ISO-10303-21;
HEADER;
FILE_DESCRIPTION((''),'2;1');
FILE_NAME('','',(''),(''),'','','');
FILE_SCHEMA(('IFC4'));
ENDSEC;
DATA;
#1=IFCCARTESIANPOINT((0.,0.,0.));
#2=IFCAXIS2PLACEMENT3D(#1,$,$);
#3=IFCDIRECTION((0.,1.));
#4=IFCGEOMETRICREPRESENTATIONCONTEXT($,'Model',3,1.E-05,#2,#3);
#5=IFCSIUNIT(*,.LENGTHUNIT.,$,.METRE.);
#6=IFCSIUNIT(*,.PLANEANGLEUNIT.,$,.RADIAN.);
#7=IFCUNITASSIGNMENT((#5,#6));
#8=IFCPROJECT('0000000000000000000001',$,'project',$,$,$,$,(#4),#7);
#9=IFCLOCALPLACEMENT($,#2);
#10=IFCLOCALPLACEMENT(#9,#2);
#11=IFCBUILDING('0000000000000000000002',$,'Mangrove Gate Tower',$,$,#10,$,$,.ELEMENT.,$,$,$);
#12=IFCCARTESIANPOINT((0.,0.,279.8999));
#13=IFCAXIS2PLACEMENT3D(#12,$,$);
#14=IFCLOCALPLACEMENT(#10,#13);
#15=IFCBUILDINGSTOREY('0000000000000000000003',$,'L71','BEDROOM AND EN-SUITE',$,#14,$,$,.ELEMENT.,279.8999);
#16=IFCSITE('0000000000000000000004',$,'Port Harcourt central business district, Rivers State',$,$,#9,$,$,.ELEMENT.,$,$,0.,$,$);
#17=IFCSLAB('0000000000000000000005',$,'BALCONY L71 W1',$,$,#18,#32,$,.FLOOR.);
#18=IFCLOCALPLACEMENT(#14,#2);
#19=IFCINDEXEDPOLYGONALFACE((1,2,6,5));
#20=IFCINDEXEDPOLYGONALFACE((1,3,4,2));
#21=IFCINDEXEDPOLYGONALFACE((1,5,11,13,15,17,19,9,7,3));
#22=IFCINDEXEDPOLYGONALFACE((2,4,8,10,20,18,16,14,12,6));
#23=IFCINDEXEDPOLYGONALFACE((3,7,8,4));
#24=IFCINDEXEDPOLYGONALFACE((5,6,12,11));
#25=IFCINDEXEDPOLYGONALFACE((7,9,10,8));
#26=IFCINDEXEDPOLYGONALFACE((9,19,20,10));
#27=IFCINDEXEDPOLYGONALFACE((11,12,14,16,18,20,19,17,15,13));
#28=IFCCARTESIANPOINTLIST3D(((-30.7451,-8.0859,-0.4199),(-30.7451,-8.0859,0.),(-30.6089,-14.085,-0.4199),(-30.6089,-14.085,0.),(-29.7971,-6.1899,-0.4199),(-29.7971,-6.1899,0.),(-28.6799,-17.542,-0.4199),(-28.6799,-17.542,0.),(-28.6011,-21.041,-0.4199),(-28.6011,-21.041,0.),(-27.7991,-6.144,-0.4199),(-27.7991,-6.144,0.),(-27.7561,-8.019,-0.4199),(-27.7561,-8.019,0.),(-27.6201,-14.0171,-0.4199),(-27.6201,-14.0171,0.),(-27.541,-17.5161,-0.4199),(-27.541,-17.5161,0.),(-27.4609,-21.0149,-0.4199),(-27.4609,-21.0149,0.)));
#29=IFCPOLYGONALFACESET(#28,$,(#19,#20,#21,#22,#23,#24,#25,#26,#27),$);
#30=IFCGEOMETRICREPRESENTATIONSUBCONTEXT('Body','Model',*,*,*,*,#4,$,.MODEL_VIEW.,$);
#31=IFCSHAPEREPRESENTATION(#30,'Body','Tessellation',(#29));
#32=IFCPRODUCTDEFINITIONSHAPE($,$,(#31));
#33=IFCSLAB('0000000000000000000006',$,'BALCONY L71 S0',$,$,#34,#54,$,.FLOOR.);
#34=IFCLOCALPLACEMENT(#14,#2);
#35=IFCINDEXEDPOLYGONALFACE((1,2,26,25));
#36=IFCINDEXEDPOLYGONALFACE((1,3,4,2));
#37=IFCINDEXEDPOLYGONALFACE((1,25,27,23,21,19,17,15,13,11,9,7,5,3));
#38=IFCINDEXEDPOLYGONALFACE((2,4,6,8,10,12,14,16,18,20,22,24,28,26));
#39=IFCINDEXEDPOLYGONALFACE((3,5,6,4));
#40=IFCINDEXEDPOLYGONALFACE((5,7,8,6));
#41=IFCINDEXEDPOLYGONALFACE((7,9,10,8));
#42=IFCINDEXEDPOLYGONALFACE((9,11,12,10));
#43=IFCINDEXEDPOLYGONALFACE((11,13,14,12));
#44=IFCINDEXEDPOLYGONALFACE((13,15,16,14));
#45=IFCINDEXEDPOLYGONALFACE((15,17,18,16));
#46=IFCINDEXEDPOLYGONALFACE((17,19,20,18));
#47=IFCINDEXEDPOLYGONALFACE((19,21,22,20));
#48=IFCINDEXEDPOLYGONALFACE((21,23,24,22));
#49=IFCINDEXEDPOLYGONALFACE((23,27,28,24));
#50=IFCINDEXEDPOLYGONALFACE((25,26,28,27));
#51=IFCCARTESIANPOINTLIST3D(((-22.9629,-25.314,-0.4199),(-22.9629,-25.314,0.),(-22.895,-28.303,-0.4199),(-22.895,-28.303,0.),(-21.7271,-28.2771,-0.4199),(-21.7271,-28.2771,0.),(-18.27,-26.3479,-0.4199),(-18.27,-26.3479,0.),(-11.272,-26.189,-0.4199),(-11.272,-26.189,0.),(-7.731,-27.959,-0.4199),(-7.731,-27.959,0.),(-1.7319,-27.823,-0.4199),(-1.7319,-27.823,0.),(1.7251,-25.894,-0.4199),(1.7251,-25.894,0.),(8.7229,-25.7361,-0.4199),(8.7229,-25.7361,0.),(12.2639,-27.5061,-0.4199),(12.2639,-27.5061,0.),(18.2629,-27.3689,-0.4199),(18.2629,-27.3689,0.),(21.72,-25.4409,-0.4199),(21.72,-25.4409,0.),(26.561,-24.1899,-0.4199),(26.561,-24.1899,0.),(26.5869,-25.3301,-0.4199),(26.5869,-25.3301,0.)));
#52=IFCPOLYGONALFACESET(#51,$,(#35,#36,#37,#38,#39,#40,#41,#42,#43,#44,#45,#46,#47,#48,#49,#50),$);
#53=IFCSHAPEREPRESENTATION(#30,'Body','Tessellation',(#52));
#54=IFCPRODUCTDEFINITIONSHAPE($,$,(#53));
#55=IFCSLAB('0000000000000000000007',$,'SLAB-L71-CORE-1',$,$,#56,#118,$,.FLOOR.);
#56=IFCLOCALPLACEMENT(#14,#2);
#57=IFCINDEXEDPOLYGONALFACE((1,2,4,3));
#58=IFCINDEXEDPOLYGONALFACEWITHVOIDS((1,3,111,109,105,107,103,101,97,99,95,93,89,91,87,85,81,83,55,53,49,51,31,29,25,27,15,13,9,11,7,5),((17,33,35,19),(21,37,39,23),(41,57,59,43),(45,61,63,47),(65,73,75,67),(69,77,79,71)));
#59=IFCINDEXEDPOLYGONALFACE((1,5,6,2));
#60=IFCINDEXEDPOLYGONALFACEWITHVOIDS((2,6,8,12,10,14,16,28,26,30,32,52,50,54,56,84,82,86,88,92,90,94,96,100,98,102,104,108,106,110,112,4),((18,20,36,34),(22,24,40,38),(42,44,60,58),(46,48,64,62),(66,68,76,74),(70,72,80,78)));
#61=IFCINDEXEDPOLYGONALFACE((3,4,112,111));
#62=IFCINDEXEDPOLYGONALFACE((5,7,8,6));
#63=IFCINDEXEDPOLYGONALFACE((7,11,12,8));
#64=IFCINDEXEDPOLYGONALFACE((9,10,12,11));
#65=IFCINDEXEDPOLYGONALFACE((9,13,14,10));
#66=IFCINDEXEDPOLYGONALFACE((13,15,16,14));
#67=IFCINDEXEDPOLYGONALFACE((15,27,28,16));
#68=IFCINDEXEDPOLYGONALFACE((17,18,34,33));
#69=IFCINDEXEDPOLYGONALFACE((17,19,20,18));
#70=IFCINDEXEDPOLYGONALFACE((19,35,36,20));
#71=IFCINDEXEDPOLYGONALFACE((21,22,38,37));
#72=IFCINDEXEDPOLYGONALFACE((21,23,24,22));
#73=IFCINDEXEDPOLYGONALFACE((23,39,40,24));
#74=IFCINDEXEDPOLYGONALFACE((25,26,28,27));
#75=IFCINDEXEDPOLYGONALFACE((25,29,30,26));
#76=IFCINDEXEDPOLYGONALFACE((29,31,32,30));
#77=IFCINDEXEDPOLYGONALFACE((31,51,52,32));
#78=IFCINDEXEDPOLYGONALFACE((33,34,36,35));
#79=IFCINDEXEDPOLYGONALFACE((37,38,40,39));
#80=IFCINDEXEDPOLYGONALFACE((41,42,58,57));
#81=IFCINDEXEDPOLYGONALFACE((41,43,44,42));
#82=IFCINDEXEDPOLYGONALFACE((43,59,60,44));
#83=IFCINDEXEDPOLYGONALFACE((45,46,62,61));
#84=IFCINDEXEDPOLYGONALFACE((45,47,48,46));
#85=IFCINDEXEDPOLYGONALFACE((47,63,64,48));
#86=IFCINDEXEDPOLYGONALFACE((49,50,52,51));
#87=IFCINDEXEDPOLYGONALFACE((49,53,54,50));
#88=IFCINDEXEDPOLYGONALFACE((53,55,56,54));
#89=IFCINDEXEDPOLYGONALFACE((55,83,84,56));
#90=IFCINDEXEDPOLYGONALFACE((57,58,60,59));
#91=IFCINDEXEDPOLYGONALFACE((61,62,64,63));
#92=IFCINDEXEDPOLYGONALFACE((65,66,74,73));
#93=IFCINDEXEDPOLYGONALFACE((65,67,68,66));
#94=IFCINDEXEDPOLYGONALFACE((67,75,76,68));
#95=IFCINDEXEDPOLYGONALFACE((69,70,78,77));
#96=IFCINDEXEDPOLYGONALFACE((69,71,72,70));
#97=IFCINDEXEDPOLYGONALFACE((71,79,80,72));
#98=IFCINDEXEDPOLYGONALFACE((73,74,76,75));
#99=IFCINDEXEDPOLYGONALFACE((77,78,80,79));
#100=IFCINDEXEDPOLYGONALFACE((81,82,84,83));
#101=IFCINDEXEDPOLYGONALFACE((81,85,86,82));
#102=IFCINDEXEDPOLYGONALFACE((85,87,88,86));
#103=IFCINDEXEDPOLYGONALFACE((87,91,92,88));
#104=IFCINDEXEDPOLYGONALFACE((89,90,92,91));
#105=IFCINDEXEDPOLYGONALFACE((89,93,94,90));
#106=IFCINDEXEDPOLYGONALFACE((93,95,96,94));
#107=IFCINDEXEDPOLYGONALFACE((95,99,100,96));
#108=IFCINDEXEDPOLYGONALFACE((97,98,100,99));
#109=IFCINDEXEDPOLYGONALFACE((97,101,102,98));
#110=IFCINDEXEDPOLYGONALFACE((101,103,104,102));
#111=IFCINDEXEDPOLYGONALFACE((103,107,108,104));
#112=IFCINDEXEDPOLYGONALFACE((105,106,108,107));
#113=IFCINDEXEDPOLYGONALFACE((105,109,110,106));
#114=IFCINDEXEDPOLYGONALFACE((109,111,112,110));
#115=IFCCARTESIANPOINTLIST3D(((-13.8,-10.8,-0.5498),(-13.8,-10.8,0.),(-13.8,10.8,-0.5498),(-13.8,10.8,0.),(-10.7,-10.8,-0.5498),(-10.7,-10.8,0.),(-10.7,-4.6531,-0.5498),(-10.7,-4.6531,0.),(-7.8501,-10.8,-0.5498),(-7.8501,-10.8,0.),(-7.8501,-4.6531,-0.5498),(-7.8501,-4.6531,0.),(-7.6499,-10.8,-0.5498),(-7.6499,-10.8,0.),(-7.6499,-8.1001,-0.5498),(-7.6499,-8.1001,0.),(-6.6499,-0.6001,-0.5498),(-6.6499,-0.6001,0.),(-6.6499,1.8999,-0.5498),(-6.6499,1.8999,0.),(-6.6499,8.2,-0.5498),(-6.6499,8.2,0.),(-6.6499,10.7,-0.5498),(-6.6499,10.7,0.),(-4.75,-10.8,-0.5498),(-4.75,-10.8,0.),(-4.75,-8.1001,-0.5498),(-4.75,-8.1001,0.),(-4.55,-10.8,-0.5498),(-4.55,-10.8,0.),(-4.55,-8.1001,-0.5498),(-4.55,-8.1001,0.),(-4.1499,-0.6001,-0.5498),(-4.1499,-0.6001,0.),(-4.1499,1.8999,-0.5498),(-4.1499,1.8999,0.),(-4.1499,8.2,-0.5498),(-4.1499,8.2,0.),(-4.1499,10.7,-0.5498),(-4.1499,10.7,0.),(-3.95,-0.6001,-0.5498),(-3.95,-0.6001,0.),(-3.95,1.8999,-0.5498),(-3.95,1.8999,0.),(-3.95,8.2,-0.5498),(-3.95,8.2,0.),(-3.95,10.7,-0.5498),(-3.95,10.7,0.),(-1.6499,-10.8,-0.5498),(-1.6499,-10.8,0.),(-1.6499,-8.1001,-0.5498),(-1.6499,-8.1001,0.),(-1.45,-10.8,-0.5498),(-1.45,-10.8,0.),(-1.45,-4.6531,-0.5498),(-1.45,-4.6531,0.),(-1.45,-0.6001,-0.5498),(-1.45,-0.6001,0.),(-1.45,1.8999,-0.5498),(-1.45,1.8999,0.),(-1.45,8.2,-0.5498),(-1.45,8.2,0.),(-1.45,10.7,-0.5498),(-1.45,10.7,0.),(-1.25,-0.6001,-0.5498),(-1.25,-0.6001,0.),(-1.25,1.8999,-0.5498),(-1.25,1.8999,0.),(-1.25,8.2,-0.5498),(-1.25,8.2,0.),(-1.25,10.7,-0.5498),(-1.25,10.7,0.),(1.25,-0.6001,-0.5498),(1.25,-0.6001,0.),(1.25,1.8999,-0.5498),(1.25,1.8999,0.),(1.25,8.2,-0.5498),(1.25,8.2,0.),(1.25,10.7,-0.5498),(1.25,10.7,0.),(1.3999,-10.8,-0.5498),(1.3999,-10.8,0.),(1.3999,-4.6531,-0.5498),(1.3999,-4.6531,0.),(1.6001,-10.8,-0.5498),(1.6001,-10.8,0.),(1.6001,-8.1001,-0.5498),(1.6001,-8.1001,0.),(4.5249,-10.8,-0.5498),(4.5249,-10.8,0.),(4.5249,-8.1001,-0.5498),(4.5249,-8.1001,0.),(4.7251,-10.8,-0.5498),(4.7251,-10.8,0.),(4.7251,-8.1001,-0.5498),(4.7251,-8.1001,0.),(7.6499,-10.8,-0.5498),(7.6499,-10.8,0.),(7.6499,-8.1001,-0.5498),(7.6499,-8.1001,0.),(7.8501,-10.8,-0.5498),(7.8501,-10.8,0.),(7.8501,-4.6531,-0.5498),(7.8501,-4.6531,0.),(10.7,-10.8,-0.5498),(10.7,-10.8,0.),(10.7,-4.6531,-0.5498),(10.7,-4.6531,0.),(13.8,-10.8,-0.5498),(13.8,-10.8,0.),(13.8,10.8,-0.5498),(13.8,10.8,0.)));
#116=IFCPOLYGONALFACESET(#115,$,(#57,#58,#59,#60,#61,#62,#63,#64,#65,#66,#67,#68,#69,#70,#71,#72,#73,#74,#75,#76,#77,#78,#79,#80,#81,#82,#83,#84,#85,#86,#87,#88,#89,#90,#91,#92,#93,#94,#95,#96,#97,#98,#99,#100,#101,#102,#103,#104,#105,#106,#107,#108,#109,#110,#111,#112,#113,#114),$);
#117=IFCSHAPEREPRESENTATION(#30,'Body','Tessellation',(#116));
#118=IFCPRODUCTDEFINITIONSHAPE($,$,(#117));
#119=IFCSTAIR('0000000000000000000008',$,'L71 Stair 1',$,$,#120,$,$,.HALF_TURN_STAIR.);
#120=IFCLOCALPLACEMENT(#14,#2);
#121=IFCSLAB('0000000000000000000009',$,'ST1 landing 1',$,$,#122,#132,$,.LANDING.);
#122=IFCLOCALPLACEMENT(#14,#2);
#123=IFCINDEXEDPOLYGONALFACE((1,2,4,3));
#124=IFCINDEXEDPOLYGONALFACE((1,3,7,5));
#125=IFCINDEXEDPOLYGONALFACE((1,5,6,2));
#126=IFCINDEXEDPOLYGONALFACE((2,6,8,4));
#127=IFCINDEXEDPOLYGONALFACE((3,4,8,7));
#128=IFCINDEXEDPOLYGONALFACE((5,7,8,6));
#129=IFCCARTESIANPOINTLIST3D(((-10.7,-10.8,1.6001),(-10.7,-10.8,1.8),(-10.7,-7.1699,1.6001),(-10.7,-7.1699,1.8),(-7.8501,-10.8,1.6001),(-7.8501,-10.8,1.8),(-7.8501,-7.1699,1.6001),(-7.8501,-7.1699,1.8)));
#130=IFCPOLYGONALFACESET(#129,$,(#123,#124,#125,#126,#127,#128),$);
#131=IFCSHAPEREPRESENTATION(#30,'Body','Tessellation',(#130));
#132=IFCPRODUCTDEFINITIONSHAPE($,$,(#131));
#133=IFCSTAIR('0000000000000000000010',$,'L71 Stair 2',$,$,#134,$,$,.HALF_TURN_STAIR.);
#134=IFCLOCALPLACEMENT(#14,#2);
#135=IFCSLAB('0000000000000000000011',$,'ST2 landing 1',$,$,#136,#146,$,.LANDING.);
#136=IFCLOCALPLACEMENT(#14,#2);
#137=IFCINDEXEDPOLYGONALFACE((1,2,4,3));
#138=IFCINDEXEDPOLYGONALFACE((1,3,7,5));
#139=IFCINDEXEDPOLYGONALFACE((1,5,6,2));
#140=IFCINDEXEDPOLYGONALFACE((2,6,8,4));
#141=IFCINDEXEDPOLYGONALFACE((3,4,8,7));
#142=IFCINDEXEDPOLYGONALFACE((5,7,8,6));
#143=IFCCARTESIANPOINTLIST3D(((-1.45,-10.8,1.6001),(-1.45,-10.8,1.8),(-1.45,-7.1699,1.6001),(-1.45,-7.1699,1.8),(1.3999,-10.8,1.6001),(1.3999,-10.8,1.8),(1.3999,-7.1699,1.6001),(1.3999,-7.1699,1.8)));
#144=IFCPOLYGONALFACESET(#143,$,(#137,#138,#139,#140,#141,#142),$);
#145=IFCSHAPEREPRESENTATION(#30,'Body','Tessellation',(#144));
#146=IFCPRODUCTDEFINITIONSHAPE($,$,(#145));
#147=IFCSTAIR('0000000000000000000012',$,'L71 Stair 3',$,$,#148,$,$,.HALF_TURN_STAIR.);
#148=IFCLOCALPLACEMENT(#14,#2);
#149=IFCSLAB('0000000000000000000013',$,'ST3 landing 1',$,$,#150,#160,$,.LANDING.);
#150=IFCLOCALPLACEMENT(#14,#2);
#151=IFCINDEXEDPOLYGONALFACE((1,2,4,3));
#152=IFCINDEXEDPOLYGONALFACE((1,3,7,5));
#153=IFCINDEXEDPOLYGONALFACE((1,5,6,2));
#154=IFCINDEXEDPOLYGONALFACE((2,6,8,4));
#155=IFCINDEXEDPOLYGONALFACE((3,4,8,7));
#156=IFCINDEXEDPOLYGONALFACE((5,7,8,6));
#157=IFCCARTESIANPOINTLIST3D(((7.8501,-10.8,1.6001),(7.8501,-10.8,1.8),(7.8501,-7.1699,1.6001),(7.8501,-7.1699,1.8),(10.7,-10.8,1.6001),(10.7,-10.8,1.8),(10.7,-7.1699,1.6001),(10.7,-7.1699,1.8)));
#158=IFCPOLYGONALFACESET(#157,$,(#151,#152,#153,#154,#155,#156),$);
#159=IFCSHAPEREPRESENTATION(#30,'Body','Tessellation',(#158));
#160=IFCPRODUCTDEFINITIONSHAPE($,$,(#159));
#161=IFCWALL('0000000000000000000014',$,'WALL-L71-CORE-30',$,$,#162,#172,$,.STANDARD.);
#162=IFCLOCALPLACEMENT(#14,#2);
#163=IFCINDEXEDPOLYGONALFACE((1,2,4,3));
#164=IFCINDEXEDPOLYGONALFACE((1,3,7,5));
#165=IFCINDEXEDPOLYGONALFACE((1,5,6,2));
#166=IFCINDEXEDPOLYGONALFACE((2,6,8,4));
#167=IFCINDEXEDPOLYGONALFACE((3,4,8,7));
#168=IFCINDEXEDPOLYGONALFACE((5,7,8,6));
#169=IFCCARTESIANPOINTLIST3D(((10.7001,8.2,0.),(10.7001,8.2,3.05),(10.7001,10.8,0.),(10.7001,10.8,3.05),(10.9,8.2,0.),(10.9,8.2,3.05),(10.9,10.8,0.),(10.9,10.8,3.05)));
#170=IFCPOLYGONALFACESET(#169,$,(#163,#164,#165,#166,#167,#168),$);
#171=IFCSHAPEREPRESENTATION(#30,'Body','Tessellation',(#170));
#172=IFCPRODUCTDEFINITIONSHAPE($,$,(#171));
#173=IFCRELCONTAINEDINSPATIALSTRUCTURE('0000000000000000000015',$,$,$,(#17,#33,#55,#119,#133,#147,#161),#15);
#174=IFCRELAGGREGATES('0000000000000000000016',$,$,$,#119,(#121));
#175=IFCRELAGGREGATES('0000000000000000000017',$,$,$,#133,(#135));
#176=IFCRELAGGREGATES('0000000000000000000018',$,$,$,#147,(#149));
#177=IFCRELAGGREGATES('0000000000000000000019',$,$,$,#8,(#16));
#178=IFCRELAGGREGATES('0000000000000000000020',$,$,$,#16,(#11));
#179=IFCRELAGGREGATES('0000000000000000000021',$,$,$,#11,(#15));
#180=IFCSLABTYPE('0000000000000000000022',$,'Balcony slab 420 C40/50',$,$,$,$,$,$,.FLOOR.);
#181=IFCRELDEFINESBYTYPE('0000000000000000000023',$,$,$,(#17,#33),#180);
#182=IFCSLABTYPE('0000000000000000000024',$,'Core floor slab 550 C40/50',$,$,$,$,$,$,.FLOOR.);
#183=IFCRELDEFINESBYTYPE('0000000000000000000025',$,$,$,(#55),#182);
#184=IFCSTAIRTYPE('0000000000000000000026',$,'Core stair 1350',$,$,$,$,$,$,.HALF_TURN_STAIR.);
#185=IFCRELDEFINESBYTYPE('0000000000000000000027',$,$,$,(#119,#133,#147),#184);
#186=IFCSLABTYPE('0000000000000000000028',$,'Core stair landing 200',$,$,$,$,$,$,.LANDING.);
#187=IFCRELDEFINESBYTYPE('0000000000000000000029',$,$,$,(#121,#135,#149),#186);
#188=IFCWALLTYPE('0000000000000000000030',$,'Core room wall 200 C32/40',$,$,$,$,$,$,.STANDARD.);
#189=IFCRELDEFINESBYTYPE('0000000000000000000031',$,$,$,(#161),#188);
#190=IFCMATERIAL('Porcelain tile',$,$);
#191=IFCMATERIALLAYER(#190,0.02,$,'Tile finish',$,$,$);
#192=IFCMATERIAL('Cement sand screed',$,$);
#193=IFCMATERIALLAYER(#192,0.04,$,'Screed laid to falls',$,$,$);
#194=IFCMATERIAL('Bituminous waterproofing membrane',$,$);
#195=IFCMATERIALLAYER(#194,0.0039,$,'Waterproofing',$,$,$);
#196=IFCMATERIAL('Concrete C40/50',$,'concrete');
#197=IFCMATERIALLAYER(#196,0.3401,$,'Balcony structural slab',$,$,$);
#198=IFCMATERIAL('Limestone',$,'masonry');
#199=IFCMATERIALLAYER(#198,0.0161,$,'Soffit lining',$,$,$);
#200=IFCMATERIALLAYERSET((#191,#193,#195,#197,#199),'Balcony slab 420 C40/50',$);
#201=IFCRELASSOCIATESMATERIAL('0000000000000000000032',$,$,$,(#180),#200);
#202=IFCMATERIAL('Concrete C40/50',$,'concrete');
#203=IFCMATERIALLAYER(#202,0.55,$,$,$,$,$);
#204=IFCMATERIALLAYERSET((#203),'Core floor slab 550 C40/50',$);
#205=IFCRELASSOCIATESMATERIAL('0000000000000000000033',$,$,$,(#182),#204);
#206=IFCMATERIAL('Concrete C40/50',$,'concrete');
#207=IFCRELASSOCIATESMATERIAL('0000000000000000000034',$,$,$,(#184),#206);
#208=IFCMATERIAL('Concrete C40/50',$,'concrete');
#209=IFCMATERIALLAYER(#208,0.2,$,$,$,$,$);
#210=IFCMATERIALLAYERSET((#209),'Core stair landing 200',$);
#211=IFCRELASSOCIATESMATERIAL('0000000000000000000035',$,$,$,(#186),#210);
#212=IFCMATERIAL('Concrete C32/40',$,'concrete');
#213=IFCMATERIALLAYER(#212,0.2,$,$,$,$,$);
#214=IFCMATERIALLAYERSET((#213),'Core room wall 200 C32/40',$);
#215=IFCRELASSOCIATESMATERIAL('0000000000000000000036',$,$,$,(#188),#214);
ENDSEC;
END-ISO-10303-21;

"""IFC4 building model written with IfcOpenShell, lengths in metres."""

from ifc_helpers import new_model, si_unit, direction, frame, frame_2d, origin, place, context, subcontext, project, spatial, polyline, rectangle, outline, extrude, material, layer, layer_set, type_object, element, aggregate, save


model = new_model("IFC4")

# Units and contexts
model_context = context("Model", 3, precision=1e-05, world=origin(), true_north=direction((0.0, 1.0)))
body_context = subcontext(model_context, "Body", "Model", "MODEL_VIEW")
ifc_project = project(units=[si_unit("LENGTHUNIT", "METRE"), si_unit("PLANEANGLEUNIT", "RADIAN")], contexts=[model_context])

# Site, building, storey
site_placement = place(None, origin())
site = spatial("IfcSite", under=ifc_project, at=site_placement, Name="Port Harcourt central business district, Rivers State", CompositionType="ELEMENT", RefElevation=0.0)
building_placement = place(site_placement, origin())
building = spatial("IfcBuilding", under=site, at=building_placement, Name="Mangrove Gate Tower", CompositionType="ELEMENT")
storey_placement = place(building_placement, frame((0.0, 0.0, 279.8999)))
storey = spatial("IfcBuildingStorey", under=building, at=storey_placement, Name="L71", Description="BEDROOM AND EN-SUITE", CompositionType="ELEMENT", Elevation=279.8999)

# Slabs
ifc_material_1 = material(Name="Porcelain tile")
ifc_layer_1 = layer(ifc_material_1, 0.02, Name="Tile finish")
ifc_material_2 = material(Name="Cement sand screed")
ifc_layer_2 = layer(ifc_material_2, 0.04, Name="Screed laid to falls")
ifc_material_3 = material(Name="Bituminous waterproofing membrane")
ifc_layer_3 = layer(ifc_material_3, 0.0039, Name="Waterproofing")
ifc_material_4 = material(Name="Concrete C40/50", Category="concrete")
ifc_layer_4 = layer(ifc_material_4, 0.3401, Name="Balcony structural slab")
ifc_material_5 = material(Name="Limestone", Category="masonry")
ifc_layer_5 = layer(ifc_material_5, 0.0161, Name="Soffit lining")
ifc_layer_set_1 = layer_set([ifc_layer_1, ifc_layer_2, ifc_layer_3, ifc_layer_4, ifc_layer_5], Name="Balcony slab 420 C40/50")
slab_type_1 = type_object("IfcSlabType", Name="Balcony slab 420 C40/50", PredefinedType="FLOOR", material=ifc_layer_set_1)
slab_1_placement = place(storey_placement, frame((0.0, 0.0, -0.4199)))
element("IfcSlab", 1, at=slab_1_placement, inside=storey, type_object=slab_type_1, Name="BALCONY L71 W1", PredefinedType="FLOOR", context=body_context, shape_type="SweptSolid", body=[
    extrude(outline(polyline([(-29.7971, -6.1899), (-30.7451, -8.0859), (-30.6089, -14.085), (-28.6799, -17.542), (-28.6011, -21.041), (-27.4609, -21.0149), (-27.541, -17.5161), (-27.6201, -14.0171), (-27.7561, -8.019), (-27.7991, -6.144), (-29.7971, -6.1899)])), origin(), (0.0, 0.0, 1.0), 0.4199),
])
slab_2_placement = place(storey_placement, frame((0.0, 0.0, -0.4199)))
element("IfcSlab", 2, at=slab_2_placement, inside=storey, type_object=slab_type_1, Name="BALCONY L71 S0", PredefinedType="FLOOR", context=body_context, shape_type="SweptSolid", body=[
    extrude(outline(polyline([(-22.895, -28.303), (-21.7271, -28.2771), (-18.27, -26.3479), (-11.272, -26.189), (-7.731, -27.959), (-1.7319, -27.823), (1.7251, -25.894), (8.7229, -25.7361), (12.2639, -27.5061), (18.2629, -27.3689), (21.72, -25.4409), (26.5869, -25.3301), (26.561, -24.1899), (-22.9629, -25.314), (-22.895, -28.303)])), origin(), (0.0, 0.0, 1.0), 0.4199),
])
ifc_material_6 = material(Name="Concrete C40/50", Category="concrete")
ifc_layer_6 = layer(ifc_material_6, 0.55)
ifc_layer_set_2 = layer_set([ifc_layer_6], Name="Core floor slab 550 C40/50")
slab_type_2 = type_object("IfcSlabType", Name="Core floor slab 550 C40/50", PredefinedType="FLOOR", material=ifc_layer_set_2)
slab_3_placement = place(storey_placement, frame((0.0, 0.0, -0.5498)))
element("IfcSlab", 3, at=slab_3_placement, inside=storey, type_object=slab_type_2, Name="SLAB-L71-CORE-1", PredefinedType="FLOOR", context=body_context, shape_type="SweptSolid", body=[
    extrude(outline(polyline([(-13.8, -10.8), (-13.8, 10.8), (13.8, 10.8), (13.8, -10.8), (10.7, -10.8), (10.7, -4.6531), (7.8501, -4.6531), (7.8501, -10.8), (7.6499, -10.8), (7.6499, -8.1001), (4.7251, -8.1001), (4.7251, -10.8), (4.5249, -10.8), (4.5249, -8.1001), (1.6001, -8.1001), (1.6001, -10.8), (1.3999, -10.8), (1.3999, -4.6531), (-1.45, -4.6531), (-1.45, -10.8), (-1.6499, -10.8), (-1.6499, -8.1001), (-4.55, -8.1001), (-4.55, -10.8), (-4.75, -10.8), (-4.75, -8.1001), (-7.6499, -8.1001), (-7.6499, -10.8), (-7.8501, -10.8), (-7.8501, -4.6531), (-10.7, -4.6531), (-10.7, -10.8), (-13.8, -10.8)]), holes=[polyline([(-4.1499, 1.8999), (-6.6499, 1.8999), (-6.6499, -0.6001), (-4.1499, -0.6001), (-4.1499, 1.8999)]), polyline([(-1.45, -0.6001), (-1.45, 1.8999), (-3.95, 1.8999), (-3.95, -0.6001), (-1.45, -0.6001)]), polyline([(-4.1499, 8.2), (-4.1499, 10.7), (-6.6499, 10.7), (-6.6499, 8.2), (-4.1499, 8.2)]), polyline([(-1.45, 10.7), (-3.95, 10.7), (-3.95, 8.2), (-1.45, 8.2), (-1.45, 10.7)]), polyline([(1.25, -0.6001), (1.25, 1.8999), (-1.25, 1.8999), (-1.25, -0.6001), (1.25, -0.6001)]), polyline([(1.25, 8.2), (1.25, 10.7), (-1.25, 10.7), (-1.25, 8.2), (1.25, 8.2)])]), origin(), (0.0, 0.0, 1.0), 0.5498),
])

# Stairs, slabs
ifc_material_7 = material(Name="Concrete C40/50", Category="concrete")
stair_type = type_object("IfcStairType", Name="Core stair 1350", PredefinedType="HALF_TURN_STAIR", material=ifc_material_7)
stair_1_placement = place(storey_placement, origin())
stair_1 = element("IfcStair", 4, at=stair_1_placement, inside=storey, type_object=stair_type, Name="L71 Stair 1", PredefinedType="HALF_TURN_STAIR")
ifc_material_8 = material(Name="Concrete C40/50", Category="concrete")
ifc_layer_7 = layer(ifc_material_8, 0.2)
ifc_layer_set_3 = layer_set([ifc_layer_7], Name="Core stair landing 200")
slab_type_3 = type_object("IfcSlabType", Name="Core stair landing 200", PredefinedType="LANDING", material=ifc_layer_set_3)
slab_4_placement = place(storey_placement, frame((0.0, 0.0, 1.6001)))
slab_4 = element("IfcSlab", 5, at=slab_4_placement, type_object=slab_type_3, Name="ST1 landing 1", PredefinedType="LANDING", context=body_context, shape_type="SweptSolid", body=[
    extrude(outline(polyline([(-10.7, -7.1699), (-10.7, -10.8), (-7.8501, -10.8), (-7.8501, -7.1699), (-10.7, -7.1699)])), origin(), (0.0, 0.0, 1.0), 0.2),
])
aggregate(stair_1, [slab_4])
stair_2_placement = place(storey_placement, origin())
stair_2 = element("IfcStair", 6, at=stair_2_placement, inside=storey, type_object=stair_type, Name="L71 Stair 2", PredefinedType="HALF_TURN_STAIR")
slab_5_placement = place(storey_placement, frame((0.0, 0.0, 1.6001)))
slab_5 = element("IfcSlab", 7, at=slab_5_placement, type_object=slab_type_3, Name="ST2 landing 1", PredefinedType="LANDING", context=body_context, shape_type="SweptSolid", body=[
    extrude(outline(polyline([(-1.45, -7.1699), (-1.45, -10.8), (1.3999, -10.8), (1.3999, -7.1699), (-1.45, -7.1699)])), origin(), (0.0, 0.0, 1.0), 0.2),
])
aggregate(stair_2, [slab_5])
stair_3_placement = place(storey_placement, origin())
stair_3 = element("IfcStair", 8, at=stair_3_placement, inside=storey, type_object=stair_type, Name="L71 Stair 3", PredefinedType="HALF_TURN_STAIR")
slab_6_placement = place(storey_placement, frame((0.0, 0.0, 1.6001)))
slab_6 = element("IfcSlab", 9, at=slab_6_placement, type_object=slab_type_3, Name="ST3 landing 1", PredefinedType="LANDING", context=body_context, shape_type="SweptSolid", body=[
    extrude(outline(polyline([(7.8501, -7.1699), (7.8501, -10.8), (10.7, -10.8), (10.7, -7.1699), (7.8501, -7.1699)])), origin(), (0.0, 0.0, 1.0), 0.2),
])
aggregate(stair_3, [slab_6])

# Wall
ifc_material_9 = material(Name="Concrete C32/40", Category="concrete")
ifc_layer_8 = layer(ifc_material_9, 0.2)
ifc_layer_set_4 = layer_set([ifc_layer_8], Name="Core room wall 200 C32/40")
wall_type_1 = type_object("IfcWallType", Name="Core room wall 200 C32/40", PredefinedType="STANDARD", material=ifc_layer_set_4)
wall_1_placement = place(storey_placement, frame((10.8, 8.2, 0.0), z_axis=(0.0, 0.0, 1.0), x_axis=(0.0, 1.0, 0.0)))
element("IfcWall", 10, at=wall_1_placement, inside=storey, type_object=wall_type_1, Name="WALL-L71-CORE-30", PredefinedType="STANDARD", context=body_context, shape_type="SweptSolid", body=[
    extrude(rectangle(XDim=2.6001, YDim=0.2, at=frame_2d((1.3, 0.0))), origin(), (0.0, 0.0, 1.0), 3.05),
])

save(model, "model.ifc")
